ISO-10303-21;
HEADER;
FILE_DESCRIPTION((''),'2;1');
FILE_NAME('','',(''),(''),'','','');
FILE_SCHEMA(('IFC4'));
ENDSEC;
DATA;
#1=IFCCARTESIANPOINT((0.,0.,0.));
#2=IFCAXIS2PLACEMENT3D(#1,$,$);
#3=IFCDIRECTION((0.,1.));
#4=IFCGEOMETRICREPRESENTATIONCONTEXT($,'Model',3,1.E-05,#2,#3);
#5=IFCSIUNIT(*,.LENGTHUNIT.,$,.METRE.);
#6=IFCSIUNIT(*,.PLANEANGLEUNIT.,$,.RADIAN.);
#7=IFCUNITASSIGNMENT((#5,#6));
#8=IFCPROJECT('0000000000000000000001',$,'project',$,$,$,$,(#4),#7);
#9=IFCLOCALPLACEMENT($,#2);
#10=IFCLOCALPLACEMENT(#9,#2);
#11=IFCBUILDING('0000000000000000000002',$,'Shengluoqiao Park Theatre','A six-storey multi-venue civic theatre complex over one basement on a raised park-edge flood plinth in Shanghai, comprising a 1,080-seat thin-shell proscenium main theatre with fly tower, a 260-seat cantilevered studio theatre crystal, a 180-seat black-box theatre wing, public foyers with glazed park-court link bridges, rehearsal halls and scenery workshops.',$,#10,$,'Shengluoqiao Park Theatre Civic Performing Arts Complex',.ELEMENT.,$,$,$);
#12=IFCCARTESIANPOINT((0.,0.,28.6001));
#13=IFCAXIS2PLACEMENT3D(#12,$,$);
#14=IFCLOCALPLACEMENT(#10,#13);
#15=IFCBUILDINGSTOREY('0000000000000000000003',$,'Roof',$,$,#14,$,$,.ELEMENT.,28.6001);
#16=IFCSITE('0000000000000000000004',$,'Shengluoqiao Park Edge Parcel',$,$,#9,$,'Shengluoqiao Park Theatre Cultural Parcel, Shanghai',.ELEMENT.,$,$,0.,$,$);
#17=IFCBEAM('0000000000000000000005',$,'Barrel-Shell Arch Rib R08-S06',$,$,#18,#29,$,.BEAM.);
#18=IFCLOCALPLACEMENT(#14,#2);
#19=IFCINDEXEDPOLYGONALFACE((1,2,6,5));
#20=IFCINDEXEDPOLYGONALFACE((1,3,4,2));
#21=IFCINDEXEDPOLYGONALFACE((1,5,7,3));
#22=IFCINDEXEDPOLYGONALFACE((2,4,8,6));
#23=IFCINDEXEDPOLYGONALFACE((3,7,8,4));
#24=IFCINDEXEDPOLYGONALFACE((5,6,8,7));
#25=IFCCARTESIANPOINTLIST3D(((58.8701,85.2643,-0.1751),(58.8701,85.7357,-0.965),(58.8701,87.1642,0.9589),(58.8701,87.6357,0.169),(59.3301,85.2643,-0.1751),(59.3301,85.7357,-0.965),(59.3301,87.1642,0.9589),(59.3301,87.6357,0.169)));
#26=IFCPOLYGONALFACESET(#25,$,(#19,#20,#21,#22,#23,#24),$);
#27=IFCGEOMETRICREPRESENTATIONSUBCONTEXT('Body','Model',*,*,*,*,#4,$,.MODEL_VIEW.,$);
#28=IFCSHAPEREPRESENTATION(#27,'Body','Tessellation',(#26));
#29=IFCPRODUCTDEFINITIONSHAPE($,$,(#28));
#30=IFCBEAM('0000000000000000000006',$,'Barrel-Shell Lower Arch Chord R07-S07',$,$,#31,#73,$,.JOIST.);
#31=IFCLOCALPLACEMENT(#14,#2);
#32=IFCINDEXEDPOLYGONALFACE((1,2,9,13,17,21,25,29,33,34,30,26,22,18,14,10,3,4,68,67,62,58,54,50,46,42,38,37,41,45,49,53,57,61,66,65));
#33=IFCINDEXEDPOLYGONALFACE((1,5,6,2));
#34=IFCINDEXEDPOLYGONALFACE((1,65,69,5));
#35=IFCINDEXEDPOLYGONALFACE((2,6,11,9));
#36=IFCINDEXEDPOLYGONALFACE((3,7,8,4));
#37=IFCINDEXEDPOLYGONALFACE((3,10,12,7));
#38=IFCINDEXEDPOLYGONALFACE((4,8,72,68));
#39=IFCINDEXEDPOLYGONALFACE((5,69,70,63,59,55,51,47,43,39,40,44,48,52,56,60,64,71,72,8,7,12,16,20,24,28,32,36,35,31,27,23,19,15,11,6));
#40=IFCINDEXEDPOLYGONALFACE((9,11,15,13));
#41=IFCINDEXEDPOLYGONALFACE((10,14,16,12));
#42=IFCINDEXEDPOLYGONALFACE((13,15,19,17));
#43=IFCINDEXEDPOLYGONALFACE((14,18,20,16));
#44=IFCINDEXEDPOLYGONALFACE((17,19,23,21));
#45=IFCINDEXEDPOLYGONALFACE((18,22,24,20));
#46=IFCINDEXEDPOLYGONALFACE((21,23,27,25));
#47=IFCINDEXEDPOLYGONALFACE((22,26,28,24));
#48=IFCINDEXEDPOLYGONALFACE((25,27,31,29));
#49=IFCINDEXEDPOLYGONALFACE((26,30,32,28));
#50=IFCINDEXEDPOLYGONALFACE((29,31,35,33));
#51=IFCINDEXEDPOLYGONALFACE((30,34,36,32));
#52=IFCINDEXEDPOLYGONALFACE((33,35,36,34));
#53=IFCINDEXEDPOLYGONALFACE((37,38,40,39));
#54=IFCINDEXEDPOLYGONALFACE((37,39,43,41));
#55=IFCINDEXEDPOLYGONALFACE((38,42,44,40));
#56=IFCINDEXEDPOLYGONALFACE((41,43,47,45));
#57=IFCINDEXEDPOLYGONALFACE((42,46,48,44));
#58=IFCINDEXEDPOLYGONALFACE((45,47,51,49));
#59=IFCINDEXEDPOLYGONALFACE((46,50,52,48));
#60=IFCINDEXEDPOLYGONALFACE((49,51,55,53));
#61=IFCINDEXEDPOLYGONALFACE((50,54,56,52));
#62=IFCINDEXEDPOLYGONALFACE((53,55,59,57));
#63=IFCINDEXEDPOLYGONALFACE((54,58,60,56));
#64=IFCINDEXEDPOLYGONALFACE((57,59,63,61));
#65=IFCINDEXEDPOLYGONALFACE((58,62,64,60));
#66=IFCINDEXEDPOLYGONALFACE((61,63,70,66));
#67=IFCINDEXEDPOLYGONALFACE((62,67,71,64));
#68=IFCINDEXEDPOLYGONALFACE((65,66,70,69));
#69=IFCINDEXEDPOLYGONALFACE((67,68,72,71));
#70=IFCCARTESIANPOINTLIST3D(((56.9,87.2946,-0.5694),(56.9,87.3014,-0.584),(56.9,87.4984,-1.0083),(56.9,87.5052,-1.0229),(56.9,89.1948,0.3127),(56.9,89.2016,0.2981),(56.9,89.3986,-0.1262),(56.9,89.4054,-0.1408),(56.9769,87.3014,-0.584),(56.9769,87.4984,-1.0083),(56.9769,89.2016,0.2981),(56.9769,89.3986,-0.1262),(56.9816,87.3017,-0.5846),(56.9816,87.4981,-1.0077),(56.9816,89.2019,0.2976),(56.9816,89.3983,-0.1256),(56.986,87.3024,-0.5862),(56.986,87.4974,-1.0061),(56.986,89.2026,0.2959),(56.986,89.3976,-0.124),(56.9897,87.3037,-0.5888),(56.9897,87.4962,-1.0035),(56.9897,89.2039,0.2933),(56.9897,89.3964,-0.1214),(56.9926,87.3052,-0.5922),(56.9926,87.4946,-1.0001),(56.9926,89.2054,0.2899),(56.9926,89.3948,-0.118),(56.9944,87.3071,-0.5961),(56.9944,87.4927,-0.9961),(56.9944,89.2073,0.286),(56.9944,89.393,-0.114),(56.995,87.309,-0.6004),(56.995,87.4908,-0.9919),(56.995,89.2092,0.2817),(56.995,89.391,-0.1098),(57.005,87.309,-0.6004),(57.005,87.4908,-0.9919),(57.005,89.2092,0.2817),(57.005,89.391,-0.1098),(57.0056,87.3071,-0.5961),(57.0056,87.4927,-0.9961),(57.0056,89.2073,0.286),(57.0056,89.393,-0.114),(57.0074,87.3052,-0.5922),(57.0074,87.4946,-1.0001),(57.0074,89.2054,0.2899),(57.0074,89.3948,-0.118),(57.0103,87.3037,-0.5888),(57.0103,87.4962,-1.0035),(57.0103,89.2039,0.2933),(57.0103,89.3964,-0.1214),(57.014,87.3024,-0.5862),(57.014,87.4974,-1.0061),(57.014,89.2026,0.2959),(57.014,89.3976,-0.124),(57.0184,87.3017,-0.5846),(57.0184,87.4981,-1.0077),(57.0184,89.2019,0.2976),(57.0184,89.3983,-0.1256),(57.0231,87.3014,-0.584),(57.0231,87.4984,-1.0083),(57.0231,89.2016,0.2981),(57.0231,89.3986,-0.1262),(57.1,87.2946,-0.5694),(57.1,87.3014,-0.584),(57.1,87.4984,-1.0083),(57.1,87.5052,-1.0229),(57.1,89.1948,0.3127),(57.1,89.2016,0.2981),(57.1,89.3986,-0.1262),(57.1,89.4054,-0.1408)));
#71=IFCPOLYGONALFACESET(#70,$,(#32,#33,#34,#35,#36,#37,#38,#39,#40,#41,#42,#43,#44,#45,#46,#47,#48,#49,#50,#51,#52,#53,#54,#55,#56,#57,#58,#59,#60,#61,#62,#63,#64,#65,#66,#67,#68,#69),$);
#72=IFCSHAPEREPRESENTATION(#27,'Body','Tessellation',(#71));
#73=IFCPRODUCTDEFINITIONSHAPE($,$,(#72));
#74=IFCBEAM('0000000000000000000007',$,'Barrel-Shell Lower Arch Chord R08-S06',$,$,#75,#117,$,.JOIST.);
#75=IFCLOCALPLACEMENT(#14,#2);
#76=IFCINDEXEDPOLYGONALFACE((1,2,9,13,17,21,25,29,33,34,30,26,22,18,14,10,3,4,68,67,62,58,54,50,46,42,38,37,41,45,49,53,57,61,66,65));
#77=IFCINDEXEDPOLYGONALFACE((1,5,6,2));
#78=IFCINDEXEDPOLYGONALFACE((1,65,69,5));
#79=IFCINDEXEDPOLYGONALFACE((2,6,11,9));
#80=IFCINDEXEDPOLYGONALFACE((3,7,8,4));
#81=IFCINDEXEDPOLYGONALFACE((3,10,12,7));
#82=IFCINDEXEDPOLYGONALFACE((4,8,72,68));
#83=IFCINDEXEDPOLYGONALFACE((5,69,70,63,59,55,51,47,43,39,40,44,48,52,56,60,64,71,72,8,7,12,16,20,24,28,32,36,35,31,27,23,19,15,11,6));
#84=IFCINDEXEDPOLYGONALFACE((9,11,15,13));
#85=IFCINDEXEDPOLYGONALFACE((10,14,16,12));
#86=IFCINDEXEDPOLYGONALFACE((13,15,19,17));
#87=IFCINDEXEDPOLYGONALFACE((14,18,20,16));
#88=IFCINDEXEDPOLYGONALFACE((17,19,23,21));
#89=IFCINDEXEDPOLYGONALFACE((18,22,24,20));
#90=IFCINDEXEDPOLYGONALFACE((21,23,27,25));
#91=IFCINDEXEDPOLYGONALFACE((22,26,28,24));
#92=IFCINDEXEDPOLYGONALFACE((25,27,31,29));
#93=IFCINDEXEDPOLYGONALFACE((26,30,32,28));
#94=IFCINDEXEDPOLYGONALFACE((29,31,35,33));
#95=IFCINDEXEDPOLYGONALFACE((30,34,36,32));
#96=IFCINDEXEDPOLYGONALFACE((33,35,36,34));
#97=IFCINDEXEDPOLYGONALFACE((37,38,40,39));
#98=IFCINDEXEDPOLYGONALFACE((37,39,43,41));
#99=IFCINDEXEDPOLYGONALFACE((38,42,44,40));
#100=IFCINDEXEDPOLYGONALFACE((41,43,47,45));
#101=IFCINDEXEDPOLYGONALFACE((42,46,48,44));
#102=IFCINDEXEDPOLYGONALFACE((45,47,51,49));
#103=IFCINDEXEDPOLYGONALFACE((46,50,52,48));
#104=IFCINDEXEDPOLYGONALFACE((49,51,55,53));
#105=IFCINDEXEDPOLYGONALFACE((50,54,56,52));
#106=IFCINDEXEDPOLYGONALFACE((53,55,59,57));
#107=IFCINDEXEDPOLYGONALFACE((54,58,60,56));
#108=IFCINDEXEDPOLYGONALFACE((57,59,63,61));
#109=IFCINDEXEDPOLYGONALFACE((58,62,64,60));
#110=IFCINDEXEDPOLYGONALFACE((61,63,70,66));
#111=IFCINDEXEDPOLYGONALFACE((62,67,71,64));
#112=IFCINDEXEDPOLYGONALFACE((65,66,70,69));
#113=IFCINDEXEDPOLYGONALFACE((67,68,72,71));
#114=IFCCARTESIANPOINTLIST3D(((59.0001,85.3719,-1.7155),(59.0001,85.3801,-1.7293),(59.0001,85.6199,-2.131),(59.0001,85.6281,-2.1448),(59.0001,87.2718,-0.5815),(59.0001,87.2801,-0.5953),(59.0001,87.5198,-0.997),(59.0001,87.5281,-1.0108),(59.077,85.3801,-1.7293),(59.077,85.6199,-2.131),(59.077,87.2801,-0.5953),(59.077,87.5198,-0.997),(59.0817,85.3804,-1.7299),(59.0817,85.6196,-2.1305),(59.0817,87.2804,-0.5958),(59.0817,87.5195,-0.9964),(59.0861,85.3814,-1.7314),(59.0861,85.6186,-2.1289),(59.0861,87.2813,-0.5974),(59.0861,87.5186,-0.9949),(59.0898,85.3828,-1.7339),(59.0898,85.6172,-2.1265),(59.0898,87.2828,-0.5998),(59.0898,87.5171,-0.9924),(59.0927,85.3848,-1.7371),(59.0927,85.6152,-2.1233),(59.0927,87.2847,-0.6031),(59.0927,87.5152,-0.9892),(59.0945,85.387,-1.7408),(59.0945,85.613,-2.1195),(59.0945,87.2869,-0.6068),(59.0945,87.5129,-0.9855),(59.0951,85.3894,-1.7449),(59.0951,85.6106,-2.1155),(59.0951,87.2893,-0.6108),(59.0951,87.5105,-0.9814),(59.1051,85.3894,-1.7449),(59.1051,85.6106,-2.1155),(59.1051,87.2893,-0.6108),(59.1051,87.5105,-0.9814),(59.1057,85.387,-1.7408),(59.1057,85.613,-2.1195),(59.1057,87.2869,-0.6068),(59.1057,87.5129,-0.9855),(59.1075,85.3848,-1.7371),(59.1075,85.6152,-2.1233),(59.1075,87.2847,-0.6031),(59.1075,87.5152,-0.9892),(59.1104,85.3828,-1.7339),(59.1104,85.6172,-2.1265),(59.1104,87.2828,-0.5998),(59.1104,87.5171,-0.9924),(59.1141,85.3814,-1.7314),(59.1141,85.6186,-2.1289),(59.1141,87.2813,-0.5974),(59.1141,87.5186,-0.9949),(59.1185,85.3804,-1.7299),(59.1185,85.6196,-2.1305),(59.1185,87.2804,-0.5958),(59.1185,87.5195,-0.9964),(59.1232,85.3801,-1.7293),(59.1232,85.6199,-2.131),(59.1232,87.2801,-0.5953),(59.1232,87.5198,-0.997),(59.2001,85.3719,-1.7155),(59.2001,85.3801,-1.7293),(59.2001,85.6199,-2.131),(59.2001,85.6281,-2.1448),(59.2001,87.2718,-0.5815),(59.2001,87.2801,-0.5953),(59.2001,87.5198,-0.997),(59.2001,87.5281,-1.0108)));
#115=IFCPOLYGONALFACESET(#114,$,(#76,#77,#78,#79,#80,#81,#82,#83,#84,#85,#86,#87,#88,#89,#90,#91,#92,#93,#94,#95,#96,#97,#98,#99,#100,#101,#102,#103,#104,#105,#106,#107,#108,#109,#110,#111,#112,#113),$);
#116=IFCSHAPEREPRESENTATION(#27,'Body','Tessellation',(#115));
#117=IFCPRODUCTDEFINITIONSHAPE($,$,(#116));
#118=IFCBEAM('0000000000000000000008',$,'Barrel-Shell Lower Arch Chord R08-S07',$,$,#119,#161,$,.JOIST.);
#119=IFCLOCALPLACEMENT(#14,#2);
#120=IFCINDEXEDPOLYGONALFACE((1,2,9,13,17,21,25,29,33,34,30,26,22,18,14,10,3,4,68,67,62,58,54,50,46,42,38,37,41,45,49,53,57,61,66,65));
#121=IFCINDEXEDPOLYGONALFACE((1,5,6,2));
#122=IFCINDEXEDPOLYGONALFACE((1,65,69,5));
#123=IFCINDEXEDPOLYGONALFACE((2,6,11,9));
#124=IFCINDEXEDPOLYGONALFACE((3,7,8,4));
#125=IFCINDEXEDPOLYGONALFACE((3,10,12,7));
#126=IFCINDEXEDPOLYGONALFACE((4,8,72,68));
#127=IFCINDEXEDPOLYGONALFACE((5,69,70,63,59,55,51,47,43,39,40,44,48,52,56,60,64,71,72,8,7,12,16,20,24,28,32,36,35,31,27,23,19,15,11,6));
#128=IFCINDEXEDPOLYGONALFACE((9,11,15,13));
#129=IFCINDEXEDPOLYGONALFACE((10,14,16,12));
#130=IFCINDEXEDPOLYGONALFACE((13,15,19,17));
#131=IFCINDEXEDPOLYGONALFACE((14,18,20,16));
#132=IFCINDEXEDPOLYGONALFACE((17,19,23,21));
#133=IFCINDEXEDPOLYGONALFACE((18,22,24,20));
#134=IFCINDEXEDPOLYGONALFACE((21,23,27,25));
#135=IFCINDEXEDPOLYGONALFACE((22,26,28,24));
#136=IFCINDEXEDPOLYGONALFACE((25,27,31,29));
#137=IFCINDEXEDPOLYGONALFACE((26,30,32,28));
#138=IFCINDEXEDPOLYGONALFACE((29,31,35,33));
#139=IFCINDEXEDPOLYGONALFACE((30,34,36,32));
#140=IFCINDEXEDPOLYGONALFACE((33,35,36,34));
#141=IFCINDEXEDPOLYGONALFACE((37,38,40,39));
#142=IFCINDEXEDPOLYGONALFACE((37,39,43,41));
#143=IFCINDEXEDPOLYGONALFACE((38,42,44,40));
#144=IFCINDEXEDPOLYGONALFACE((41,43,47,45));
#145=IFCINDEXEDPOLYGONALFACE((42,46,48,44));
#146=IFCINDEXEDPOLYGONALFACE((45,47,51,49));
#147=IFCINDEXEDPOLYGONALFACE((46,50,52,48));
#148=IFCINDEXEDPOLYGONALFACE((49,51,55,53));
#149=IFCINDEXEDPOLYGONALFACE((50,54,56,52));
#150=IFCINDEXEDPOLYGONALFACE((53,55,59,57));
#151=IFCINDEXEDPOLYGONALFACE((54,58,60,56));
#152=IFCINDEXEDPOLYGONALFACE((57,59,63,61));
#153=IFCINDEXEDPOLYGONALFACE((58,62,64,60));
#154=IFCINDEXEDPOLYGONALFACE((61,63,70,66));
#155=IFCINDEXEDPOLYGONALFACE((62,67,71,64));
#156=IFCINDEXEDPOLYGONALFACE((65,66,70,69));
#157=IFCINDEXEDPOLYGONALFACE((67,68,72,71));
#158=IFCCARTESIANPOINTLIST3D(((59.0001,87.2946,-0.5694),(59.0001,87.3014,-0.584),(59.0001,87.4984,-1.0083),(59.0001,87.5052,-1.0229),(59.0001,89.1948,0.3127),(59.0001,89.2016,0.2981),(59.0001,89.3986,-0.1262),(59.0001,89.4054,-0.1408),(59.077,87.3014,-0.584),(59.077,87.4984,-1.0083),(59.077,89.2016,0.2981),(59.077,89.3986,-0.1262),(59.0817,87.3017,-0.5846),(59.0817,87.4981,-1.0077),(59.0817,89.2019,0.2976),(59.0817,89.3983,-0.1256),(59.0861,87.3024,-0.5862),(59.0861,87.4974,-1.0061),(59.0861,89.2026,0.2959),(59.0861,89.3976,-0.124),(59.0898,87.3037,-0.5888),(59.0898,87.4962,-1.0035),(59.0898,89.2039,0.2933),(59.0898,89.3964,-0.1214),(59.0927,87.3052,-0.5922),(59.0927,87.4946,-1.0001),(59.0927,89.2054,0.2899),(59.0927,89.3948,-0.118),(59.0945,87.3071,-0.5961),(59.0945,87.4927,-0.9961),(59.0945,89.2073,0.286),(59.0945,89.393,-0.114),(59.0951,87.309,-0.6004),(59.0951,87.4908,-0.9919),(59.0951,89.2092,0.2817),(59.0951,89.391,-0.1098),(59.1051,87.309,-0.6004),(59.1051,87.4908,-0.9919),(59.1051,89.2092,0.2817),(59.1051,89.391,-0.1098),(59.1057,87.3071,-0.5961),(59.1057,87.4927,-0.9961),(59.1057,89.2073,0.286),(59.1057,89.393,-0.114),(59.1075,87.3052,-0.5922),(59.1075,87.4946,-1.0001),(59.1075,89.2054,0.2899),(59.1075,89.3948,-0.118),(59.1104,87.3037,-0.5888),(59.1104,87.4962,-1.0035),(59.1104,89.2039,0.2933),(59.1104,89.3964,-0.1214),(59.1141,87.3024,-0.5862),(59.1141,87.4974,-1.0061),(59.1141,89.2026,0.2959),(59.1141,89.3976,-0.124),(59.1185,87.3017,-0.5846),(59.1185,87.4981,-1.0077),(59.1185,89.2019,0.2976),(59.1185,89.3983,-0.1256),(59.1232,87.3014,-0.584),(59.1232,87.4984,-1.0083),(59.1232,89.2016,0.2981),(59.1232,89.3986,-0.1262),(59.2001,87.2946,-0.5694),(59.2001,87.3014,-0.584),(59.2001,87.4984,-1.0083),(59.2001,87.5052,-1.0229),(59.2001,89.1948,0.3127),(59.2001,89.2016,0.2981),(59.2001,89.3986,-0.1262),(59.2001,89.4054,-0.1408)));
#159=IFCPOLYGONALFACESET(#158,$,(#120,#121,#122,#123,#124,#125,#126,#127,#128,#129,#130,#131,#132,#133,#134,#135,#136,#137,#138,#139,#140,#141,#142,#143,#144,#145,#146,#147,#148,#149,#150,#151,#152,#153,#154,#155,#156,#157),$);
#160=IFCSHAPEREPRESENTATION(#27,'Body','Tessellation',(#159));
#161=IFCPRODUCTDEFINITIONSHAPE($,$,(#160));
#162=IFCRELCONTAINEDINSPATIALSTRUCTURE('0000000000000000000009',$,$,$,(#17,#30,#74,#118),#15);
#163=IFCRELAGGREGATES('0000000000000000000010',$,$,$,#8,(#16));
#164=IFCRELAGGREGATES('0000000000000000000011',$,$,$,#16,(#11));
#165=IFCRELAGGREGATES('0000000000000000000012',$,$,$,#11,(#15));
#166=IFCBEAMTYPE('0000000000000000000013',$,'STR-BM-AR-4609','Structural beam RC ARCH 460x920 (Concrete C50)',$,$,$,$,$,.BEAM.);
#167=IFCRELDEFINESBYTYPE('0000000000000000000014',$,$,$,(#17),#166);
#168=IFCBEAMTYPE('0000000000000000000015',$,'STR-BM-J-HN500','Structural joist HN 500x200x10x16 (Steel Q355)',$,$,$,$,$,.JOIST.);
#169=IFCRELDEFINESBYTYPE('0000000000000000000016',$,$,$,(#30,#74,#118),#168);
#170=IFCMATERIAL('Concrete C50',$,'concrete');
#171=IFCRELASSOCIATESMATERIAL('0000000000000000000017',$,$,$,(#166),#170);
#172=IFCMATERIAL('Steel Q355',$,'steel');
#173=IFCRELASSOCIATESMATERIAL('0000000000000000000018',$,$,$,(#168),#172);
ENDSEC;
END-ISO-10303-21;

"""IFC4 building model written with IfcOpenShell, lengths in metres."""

from ifc_helpers import new_model, si_unit, direction, frame, origin, origin_2d, place, context, subcontext, project, spatial, rectangle, i_section, extrude, material, material_profile, profile_set, type_object, element, save


model = new_model("IFC4")

# Units and contexts
model_context = context("Model", 3, precision=1e-05, world=origin(), true_north=direction((0.0, 1.0)))
body_context = subcontext(model_context, "Body", "Model", "MODEL_VIEW")
ifc_project = project(units=[si_unit("LENGTHUNIT", "METRE"), si_unit("PLANEANGLEUNIT", "RADIAN")], contexts=[model_context])

# Site, building, storey
site_placement = place(None, origin())
site = spatial("IfcSite", under=ifc_project, at=site_placement, Name="Shengluoqiao Park Edge Parcel", LongName="Shengluoqiao Park Theatre Cultural Parcel, Shanghai", CompositionType="ELEMENT", RefElevation=0.0)
building_placement = place(site_placement, origin())
building = spatial("IfcBuilding", under=site, at=building_placement, Name="Shengluoqiao Park Theatre", Description="A six-storey multi-venue civic theatre complex over one basement on a raised park-edge flood plinth in Shanghai, comprising a 1,080-seat thin-shell proscenium main theatre with fly tower, a 260-seat cantilevered studio theatre crystal, a 180-seat black-box theatre wing, public foyers with glazed park-court link bridges, rehearsal halls and scenery workshops.", LongName="Shengluoqiao Park Theatre Civic Performing Arts Complex", CompositionType="ELEMENT")
storey_placement = place(building_placement, frame((0.0, 0.0, 28.6001)))
storey = spatial("IfcBuildingStorey", under=building, at=storey_placement, Name="Roof", CompositionType="ELEMENT", Elevation=28.6001)

# Beams
ifc_material_1 = material(Name="Concrete C50", Category="concrete")
ifc_material_profile_1 = material_profile(ifc_material_1, rectangle(XDim=0.46, YDim=0.9199, at=origin_2d()), Name="RC ARCH 460x920")
ifc_profile_set_1 = profile_set([ifc_material_profile_1], Name="Concrete C50")
beam_type_1 = type_object("IfcBeamType", Name="STR-BM-AR-4609", Description="Structural beam RC ARCH 460x920 (Concrete C50)", PredefinedType="BEAM", material=ifc_profile_set_1)
beam_1_placement = place(storey_placement, frame((59.1001, 85.5, -0.5701), z_axis=(0.0, 0.858669, 0.512531), x_axis=(-1.0, 0.0, 0.0)))
element("IfcBeam", 1, at=beam_1_placement, inside=storey, type_object=beam_type_1, Name="Barrel-Shell Arch Rib R08-S06", PredefinedType="BEAM", context=body_context, shape_type="SweptSolid", body=[
    extrude(rectangle(XDim=0.46, YDim=0.9199, at=origin_2d()), origin(), (0.0, 0.0, 1.0), 2.2126),
])
ifc_material_2 = material(Name="Steel Q355", Category="steel")
ifc_material_profile_2 = material_profile(ifc_material_2, i_section(OverallWidth=0.2, OverallDepth=0.5, WebThickness=0.01, FlangeThickness=0.0161, FilletRadius=0.0181, at=origin_2d()), Name="HN 500x200x10x16")
ifc_profile_set_2 = profile_set([ifc_material_profile_2], Name="Steel Q355")
beam_type_2 = type_object("IfcBeamType", Name="STR-BM-J-HN500", Description="Structural joist HN 500x200x10x16 (Steel Q355)", PredefinedType="JOIST", material=ifc_profile_set_2)
beam_2_placement = place(storey_placement, frame((57.0, 87.3999, -0.7961), z_axis=(0.0, 0.907033, 0.42106), x_axis=(-1.0, 0.0, 0.0)))
element("IfcBeam", 2, at=beam_2_placement, inside=storey, type_object=beam_type_2, Name="Barrel-Shell Lower Arch Chord R07-S07", PredefinedType="JOIST", context=body_context, shape_type="SweptSolid", body=[
    extrude(i_section(OverallWidth=0.2, OverallDepth=0.5, WebThickness=0.01, FlangeThickness=0.0161, FilletRadius=0.0181, at=origin_2d()), origin(), (0.0, 0.0, 1.0), 2.095),
])
beam_3_placement = place(storey_placement, frame((59.1001, 85.5, -1.9302), z_axis=(0.0, 0.858669, 0.512531), x_axis=(-1.0, 0.0, 0.0)))
element("IfcBeam", 3, at=beam_3_placement, inside=storey, type_object=beam_type_2, Name="Barrel-Shell Lower Arch Chord R08-S06", PredefinedType="JOIST", context=body_context, shape_type="SweptSolid", body=[
    extrude(i_section(OverallWidth=0.2, OverallDepth=0.5, WebThickness=0.01, FlangeThickness=0.0161, FilletRadius=0.0181, at=origin_2d()), origin(), (0.0, 0.0, 1.0), 2.2126),
])
beam_4_placement = place(storey_placement, frame((59.1001, 87.3999, -0.7961), z_axis=(0.0, 0.907033, 0.42106), x_axis=(-1.0, 0.0, 0.0)))
element("IfcBeam", 4, at=beam_4_placement, inside=storey, type_object=beam_type_2, Name="Barrel-Shell Lower Arch Chord R08-S07", PredefinedType="JOIST", context=body_context, shape_type="SweptSolid", body=[
    extrude(i_section(OverallWidth=0.2, OverallDepth=0.5, WebThickness=0.01, FlangeThickness=0.0161, FilletRadius=0.0181, at=origin_2d()), origin(), (0.0, 0.0, 1.0), 2.095),
])

save(model, "model.ifc")
